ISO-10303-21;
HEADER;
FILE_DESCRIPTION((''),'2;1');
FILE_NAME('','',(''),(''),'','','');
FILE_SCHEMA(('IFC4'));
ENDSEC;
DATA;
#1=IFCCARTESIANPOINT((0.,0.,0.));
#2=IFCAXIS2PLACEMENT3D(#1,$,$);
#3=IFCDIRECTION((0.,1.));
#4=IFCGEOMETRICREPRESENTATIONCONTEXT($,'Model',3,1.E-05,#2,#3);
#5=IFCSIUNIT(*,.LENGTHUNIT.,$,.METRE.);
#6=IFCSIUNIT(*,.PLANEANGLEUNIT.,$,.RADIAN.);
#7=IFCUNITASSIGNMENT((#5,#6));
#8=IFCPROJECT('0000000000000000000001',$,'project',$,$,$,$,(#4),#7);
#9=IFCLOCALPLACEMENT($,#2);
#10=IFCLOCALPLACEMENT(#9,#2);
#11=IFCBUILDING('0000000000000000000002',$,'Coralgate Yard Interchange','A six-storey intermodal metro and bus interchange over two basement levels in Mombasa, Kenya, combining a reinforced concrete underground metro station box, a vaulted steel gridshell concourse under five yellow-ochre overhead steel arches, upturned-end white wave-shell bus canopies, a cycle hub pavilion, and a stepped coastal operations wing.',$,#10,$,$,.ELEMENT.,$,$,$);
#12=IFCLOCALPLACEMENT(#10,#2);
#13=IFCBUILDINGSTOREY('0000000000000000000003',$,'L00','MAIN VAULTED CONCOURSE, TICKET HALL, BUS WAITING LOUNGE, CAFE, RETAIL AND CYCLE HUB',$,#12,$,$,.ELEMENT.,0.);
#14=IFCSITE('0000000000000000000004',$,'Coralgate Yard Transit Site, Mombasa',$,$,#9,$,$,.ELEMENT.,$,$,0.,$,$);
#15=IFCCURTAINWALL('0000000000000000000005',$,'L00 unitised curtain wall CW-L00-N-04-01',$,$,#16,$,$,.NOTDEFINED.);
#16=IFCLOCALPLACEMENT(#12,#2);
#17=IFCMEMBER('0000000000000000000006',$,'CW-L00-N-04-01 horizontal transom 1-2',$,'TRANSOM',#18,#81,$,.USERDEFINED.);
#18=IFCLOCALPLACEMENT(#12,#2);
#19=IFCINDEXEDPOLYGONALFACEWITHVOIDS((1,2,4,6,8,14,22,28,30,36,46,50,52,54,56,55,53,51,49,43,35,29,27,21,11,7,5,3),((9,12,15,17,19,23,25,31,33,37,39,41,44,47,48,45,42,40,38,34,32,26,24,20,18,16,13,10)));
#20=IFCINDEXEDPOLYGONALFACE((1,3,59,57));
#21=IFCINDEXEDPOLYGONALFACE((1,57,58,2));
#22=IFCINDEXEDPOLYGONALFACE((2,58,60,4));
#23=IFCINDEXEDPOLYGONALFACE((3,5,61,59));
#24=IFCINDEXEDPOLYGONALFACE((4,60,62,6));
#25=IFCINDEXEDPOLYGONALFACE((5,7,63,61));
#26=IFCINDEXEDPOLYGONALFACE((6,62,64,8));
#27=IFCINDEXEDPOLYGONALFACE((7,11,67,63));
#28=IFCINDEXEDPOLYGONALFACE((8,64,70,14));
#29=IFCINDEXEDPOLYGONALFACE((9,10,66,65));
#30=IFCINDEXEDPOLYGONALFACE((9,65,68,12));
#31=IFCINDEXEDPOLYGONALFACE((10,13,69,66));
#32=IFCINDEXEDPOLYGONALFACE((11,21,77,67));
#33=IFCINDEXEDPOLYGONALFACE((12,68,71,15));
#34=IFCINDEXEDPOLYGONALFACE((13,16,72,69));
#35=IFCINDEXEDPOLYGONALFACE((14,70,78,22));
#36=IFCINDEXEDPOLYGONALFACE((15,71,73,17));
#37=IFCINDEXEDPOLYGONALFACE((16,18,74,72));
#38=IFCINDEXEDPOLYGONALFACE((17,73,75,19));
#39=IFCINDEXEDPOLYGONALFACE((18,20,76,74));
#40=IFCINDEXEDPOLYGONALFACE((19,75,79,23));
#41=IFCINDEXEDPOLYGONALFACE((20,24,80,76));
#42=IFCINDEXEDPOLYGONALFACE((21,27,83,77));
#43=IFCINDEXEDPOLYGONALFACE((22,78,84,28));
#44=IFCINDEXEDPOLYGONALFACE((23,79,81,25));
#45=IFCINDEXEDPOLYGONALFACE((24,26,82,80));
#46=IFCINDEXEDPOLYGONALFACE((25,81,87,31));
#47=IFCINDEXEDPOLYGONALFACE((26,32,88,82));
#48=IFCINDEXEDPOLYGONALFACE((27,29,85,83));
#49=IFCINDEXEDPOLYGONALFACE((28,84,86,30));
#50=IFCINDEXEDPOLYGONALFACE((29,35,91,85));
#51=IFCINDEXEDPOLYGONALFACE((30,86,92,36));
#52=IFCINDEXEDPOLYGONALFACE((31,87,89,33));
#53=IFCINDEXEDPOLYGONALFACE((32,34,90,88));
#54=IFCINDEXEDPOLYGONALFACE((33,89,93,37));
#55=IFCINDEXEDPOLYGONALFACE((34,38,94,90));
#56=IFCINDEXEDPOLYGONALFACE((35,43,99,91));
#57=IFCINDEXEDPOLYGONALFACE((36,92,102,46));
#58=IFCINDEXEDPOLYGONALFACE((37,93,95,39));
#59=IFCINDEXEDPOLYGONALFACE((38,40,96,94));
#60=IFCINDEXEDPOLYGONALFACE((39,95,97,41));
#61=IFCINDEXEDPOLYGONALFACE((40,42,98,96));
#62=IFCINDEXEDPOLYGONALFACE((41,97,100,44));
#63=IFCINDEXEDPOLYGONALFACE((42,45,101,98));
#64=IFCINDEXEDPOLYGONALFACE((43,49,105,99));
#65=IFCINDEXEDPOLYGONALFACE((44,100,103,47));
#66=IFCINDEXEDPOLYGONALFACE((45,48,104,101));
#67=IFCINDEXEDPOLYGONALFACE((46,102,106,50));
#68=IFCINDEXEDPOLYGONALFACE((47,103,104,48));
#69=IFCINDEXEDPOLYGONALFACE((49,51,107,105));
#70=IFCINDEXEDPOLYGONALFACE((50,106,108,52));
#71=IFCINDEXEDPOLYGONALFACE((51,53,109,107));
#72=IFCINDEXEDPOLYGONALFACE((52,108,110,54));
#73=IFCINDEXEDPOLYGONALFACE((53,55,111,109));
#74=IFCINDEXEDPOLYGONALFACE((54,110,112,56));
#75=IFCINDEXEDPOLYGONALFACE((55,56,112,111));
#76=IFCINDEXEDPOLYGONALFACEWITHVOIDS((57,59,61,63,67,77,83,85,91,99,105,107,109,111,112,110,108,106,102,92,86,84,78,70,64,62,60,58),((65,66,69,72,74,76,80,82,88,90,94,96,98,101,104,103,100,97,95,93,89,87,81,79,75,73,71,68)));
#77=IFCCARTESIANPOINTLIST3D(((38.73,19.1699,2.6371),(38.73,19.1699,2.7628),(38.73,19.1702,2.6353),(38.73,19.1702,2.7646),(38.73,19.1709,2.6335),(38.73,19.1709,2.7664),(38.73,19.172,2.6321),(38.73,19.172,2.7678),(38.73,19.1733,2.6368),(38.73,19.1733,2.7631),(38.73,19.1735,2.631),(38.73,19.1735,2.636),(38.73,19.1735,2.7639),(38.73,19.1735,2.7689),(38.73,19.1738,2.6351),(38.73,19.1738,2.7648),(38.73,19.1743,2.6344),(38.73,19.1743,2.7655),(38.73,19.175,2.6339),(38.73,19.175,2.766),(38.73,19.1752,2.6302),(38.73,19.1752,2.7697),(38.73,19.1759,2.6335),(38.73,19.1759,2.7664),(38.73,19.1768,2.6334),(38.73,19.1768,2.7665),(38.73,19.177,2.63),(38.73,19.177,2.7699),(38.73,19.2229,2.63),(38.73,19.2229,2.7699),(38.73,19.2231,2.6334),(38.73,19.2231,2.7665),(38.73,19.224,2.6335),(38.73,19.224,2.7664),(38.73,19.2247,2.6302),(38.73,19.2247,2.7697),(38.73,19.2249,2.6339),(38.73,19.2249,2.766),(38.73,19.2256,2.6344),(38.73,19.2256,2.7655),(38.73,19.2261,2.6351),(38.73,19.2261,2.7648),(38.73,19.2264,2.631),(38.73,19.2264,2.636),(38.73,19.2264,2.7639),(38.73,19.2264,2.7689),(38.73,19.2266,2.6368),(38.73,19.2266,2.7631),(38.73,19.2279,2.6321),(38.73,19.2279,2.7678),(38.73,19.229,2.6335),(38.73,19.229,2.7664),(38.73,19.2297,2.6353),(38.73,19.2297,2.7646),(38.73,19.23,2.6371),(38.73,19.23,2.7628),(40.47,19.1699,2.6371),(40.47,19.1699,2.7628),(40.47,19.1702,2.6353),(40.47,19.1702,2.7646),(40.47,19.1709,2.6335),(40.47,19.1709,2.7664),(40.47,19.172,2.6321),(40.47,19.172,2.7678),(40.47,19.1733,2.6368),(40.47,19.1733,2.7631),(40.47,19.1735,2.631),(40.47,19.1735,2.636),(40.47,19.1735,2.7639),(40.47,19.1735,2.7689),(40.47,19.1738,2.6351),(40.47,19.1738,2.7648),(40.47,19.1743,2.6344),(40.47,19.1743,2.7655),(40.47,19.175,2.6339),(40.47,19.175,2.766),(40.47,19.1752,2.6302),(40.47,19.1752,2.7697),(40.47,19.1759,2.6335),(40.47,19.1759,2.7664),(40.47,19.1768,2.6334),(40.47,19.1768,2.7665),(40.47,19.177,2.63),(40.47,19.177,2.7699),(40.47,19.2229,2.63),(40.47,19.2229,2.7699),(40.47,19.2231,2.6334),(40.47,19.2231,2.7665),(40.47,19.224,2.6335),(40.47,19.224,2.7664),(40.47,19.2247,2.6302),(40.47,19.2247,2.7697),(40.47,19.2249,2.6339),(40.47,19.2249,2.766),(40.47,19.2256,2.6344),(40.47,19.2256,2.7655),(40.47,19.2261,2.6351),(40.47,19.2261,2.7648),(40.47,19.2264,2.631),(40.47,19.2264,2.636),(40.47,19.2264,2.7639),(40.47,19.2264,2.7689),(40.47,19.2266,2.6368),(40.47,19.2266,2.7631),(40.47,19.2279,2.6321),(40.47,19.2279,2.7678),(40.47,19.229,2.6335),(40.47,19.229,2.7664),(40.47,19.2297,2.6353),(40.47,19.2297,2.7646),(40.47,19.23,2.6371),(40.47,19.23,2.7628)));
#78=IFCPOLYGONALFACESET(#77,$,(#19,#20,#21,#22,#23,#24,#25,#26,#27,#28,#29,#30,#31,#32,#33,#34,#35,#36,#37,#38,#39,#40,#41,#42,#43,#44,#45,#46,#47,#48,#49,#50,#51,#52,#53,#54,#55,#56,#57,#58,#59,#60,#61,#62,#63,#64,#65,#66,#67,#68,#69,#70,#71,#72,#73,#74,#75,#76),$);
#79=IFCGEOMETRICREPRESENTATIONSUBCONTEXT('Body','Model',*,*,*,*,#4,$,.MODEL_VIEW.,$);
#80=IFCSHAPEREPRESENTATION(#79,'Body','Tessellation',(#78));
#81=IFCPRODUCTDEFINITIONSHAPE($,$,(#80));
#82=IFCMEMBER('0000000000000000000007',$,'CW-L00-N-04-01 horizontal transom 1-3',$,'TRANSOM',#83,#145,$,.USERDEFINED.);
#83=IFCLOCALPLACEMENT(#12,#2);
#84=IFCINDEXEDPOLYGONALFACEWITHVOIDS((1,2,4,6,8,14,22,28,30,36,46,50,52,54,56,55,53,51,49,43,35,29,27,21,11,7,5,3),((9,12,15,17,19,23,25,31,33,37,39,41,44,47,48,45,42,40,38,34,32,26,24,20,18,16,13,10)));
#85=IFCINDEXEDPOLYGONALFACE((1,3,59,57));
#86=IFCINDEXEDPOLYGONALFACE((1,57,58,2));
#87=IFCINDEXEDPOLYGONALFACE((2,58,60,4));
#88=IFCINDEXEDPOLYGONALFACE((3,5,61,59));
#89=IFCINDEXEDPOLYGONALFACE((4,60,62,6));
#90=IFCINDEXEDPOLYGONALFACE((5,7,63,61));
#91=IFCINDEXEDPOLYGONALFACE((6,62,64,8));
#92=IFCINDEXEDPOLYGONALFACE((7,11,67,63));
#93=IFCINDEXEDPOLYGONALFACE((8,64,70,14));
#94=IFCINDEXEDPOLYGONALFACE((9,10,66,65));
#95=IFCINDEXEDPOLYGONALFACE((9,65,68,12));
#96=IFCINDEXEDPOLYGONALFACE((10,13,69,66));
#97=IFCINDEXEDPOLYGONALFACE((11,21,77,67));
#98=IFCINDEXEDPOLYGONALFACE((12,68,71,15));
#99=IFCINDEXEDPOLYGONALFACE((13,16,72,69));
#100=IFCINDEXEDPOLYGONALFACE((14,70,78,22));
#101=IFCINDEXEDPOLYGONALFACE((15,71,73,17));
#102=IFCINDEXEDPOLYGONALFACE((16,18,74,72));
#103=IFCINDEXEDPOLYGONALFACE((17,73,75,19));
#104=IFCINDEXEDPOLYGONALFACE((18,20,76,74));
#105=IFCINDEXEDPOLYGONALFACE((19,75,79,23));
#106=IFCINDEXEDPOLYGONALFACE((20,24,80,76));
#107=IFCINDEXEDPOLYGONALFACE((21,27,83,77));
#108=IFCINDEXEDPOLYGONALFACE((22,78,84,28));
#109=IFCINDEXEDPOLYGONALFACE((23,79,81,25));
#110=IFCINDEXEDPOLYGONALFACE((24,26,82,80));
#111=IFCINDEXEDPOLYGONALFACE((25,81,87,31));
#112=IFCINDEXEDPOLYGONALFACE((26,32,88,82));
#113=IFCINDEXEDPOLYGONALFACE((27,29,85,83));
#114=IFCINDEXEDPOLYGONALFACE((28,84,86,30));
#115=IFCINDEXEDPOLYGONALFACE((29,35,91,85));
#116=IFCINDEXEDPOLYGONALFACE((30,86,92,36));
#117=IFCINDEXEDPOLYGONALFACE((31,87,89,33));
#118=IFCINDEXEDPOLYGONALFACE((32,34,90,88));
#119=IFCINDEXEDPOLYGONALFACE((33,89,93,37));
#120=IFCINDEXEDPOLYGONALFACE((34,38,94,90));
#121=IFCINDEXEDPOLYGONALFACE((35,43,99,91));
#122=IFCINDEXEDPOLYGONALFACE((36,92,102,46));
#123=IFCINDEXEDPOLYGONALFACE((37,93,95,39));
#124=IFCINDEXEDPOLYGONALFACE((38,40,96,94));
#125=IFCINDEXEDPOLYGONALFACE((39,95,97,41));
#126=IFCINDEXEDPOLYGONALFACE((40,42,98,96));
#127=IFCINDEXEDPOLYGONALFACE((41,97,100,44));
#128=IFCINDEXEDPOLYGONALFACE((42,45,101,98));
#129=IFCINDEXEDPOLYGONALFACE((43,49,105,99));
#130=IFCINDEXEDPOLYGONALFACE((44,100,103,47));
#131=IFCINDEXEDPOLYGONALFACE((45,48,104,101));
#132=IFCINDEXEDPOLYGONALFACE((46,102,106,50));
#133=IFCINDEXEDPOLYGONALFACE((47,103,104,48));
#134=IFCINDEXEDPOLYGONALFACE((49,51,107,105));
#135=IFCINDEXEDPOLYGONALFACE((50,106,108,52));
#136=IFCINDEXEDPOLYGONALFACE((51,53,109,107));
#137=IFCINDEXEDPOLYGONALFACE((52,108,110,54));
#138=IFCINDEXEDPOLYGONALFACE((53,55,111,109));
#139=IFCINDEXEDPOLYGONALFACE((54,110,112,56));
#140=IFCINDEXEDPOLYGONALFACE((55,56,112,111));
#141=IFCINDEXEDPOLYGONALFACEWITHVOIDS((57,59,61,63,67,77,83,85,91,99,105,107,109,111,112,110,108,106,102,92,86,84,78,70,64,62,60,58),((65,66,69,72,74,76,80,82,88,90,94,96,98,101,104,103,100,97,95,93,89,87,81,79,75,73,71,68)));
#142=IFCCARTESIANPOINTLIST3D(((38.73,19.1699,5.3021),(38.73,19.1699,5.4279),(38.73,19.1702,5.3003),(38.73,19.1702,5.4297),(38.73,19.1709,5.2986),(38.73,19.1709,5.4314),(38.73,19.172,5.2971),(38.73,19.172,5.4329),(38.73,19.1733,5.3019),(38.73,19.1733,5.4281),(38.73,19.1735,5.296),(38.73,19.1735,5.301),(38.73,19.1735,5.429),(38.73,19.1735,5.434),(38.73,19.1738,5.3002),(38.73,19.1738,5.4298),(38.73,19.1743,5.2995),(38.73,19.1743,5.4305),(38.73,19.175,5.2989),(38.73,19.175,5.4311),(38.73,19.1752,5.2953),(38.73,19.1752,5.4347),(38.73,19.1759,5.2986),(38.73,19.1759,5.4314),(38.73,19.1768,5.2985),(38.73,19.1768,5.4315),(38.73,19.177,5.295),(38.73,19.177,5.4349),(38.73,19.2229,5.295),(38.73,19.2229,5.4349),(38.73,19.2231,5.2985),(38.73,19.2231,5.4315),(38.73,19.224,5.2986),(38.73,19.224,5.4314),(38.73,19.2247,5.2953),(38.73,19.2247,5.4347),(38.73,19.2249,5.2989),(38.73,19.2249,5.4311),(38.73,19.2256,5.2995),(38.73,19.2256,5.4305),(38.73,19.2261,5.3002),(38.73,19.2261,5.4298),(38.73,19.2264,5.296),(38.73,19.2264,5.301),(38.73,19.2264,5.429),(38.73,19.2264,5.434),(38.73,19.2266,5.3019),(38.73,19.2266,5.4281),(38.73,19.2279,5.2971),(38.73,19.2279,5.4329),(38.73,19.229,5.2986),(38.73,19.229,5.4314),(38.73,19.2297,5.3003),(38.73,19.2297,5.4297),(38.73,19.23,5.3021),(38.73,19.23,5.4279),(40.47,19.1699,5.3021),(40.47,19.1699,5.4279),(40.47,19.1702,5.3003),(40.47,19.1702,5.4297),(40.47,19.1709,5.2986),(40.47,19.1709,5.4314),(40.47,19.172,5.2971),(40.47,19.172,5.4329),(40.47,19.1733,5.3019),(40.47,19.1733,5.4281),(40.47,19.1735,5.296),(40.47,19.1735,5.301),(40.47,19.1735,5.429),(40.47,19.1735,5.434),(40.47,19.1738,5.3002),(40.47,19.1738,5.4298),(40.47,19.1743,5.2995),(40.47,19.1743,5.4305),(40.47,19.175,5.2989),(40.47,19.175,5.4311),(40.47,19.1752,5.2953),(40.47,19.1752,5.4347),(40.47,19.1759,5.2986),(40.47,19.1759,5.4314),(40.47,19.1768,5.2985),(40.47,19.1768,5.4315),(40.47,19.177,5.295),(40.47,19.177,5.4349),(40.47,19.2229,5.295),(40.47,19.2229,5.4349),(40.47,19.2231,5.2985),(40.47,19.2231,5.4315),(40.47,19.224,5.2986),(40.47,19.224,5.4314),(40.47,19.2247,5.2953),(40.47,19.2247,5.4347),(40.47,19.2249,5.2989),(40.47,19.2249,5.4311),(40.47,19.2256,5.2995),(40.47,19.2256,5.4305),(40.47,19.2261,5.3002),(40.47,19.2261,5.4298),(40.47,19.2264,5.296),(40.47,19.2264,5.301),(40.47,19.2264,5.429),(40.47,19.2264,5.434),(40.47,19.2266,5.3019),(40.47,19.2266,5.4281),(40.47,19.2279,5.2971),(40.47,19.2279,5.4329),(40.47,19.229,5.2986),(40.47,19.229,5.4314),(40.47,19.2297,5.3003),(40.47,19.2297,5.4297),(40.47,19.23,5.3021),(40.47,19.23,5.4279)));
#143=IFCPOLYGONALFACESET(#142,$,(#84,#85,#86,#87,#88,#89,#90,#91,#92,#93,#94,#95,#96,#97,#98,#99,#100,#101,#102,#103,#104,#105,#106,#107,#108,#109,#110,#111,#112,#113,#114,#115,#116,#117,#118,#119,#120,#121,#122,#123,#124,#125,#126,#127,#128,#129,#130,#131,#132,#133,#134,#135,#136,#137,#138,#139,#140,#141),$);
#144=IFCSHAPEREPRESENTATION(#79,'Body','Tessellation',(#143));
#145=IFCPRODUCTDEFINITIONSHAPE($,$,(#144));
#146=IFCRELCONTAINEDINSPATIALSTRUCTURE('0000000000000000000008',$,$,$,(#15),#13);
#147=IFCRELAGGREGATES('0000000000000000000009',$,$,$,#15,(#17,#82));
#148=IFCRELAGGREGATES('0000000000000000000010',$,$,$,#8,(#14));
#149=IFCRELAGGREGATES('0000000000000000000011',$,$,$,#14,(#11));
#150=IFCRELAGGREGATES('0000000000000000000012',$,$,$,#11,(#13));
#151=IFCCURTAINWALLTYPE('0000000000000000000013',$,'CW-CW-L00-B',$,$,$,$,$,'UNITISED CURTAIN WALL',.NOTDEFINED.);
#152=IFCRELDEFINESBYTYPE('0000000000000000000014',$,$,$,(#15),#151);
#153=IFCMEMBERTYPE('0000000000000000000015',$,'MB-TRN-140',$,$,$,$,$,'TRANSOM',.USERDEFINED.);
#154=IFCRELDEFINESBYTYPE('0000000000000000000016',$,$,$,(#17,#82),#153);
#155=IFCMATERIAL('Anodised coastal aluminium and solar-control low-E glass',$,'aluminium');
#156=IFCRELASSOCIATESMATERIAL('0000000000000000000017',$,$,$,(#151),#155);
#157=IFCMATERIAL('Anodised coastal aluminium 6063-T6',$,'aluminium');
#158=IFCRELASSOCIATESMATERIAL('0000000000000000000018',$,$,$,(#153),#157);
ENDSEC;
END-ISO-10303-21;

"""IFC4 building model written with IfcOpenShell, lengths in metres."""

from ifc_helpers import new_model, si_unit, direction, frame, origin, origin_2d, place, context, subcontext, project, spatial, hollow_rectangle, extrude, material, material_profile, profile_set, type_object, element, aggregate, save


model = new_model("IFC4")

# Units and contexts
model_context = context("Model", 3, precision=1e-05, world=origin(), true_north=direction((0.0, 1.0)))
body_context = subcontext(model_context, "Body", "Model", "MODEL_VIEW")
ifc_project = project(units=[si_unit("LENGTHUNIT", "METRE"), si_unit("PLANEANGLEUNIT", "RADIAN")], contexts=[model_context])

# Site, building, storey
site_placement = place(None, origin())
site = spatial("IfcSite", under=ifc_project, at=site_placement, Name="Coralgate Yard Transit Site, Mombasa", CompositionType="ELEMENT", RefElevation=0.0)
building_placement = place(site_placement, origin())
building = spatial("IfcBuilding", under=site, at=building_placement, Name="Coralgate Yard Interchange", Description="A six-storey intermodal metro and bus interchange over two basement levels in Mombasa, Kenya, combining a reinforced concrete underground metro station box, a vaulted steel gridshell concourse under five yellow-ochre overhead steel arches, upturned-end white wave-shell bus canopies, a cycle hub pavilion, and a stepped coastal operations wing.", CompositionType="ELEMENT")
storey_placement = place(building_placement, origin())
storey = spatial("IfcBuildingStorey", under=building, at=storey_placement, Name="L00", Description="MAIN VAULTED CONCOURSE, TICKET HALL, BUS WAITING LOUNGE, CAFE, RETAIL AND CYCLE HUB", CompositionType="ELEMENT", Elevation=0.0)

# Curtain wall, members
ifc_material_1 = material(Name="Anodised coastal aluminium and solar-control low-E glass", Category="aluminium")
curtain_wall_type = type_object("IfcCurtainWallType", Name="CW-CW-L00-B", ElementType="UNITISED CURTAIN WALL", PredefinedType="NOTDEFINED", material=ifc_material_1)
curtain_wall_placement = place(storey_placement, origin())
curtain_wall = element("IfcCurtainWall", 1, at=curtain_wall_placement, inside=storey, type_object=curtain_wall_type, Name="L00 unitised curtain wall CW-L00-N-04-01", PredefinedType="NOTDEFINED")
ifc_material_2 = material(Name="Anodised coastal aluminium 6063-T6", Category="aluminium")
ifc_material_profile_1 = material_profile(ifc_material_2, hollow_rectangle(XDim=0.0601, YDim=0.1399, WallThickness=0.0034, InnerFilletRadius=0.0034, OuterFilletRadius=0.0071, at=origin_2d()), Name="ALU 60x140x3.5")
ifc_profile_set_1 = profile_set([ifc_material_profile_1], Name="Anodised coastal aluminium 6063-T6")
member_type_1 = type_object("IfcMemberType", Name="MB-TRN-140", ElementType="TRANSOM", PredefinedType="USERDEFINED", material=ifc_profile_set_1)
member_1_placement = place(storey_placement, frame((38.73, 19.2, 2.7), z_axis=(1.0, 0.0, 0.0), x_axis=(0.0, 1.0, 0.0)))
member_1 = element("IfcMember", 2, at=member_1_placement, type_object=member_type_1, Name="CW-L00-N-04-01 horizontal transom 1-2", ObjectType="TRANSOM", PredefinedType="USERDEFINED", context=body_context, shape_type="SweptSolid", body=[
    extrude(hollow_rectangle(XDim=0.0601, YDim=0.1399, WallThickness=0.0034, InnerFilletRadius=0.0034, OuterFilletRadius=0.0071, at=origin_2d()), origin(), (0.0, 0.0, 1.0), 1.74),
])
member_2_placement = place(storey_placement, frame((38.73, 19.2, 5.365), z_axis=(1.0, 0.0, 0.0), x_axis=(0.0, 1.0, 0.0)))
member_2 = element("IfcMember", 3, at=member_2_placement, type_object=member_type_1, Name="CW-L00-N-04-01 horizontal transom 1-3", ObjectType="TRANSOM", PredefinedType="USERDEFINED", context=body_context, shape_type="SweptSolid", body=[
    extrude(hollow_rectangle(XDim=0.0601, YDim=0.1399, WallThickness=0.0034, InnerFilletRadius=0.0034, OuterFilletRadius=0.0071, at=origin_2d()), origin(), (0.0, 0.0, 1.0), 1.74),
])
aggregate(curtain_wall, [member_1, member_2])

save(model, "model.ifc")
